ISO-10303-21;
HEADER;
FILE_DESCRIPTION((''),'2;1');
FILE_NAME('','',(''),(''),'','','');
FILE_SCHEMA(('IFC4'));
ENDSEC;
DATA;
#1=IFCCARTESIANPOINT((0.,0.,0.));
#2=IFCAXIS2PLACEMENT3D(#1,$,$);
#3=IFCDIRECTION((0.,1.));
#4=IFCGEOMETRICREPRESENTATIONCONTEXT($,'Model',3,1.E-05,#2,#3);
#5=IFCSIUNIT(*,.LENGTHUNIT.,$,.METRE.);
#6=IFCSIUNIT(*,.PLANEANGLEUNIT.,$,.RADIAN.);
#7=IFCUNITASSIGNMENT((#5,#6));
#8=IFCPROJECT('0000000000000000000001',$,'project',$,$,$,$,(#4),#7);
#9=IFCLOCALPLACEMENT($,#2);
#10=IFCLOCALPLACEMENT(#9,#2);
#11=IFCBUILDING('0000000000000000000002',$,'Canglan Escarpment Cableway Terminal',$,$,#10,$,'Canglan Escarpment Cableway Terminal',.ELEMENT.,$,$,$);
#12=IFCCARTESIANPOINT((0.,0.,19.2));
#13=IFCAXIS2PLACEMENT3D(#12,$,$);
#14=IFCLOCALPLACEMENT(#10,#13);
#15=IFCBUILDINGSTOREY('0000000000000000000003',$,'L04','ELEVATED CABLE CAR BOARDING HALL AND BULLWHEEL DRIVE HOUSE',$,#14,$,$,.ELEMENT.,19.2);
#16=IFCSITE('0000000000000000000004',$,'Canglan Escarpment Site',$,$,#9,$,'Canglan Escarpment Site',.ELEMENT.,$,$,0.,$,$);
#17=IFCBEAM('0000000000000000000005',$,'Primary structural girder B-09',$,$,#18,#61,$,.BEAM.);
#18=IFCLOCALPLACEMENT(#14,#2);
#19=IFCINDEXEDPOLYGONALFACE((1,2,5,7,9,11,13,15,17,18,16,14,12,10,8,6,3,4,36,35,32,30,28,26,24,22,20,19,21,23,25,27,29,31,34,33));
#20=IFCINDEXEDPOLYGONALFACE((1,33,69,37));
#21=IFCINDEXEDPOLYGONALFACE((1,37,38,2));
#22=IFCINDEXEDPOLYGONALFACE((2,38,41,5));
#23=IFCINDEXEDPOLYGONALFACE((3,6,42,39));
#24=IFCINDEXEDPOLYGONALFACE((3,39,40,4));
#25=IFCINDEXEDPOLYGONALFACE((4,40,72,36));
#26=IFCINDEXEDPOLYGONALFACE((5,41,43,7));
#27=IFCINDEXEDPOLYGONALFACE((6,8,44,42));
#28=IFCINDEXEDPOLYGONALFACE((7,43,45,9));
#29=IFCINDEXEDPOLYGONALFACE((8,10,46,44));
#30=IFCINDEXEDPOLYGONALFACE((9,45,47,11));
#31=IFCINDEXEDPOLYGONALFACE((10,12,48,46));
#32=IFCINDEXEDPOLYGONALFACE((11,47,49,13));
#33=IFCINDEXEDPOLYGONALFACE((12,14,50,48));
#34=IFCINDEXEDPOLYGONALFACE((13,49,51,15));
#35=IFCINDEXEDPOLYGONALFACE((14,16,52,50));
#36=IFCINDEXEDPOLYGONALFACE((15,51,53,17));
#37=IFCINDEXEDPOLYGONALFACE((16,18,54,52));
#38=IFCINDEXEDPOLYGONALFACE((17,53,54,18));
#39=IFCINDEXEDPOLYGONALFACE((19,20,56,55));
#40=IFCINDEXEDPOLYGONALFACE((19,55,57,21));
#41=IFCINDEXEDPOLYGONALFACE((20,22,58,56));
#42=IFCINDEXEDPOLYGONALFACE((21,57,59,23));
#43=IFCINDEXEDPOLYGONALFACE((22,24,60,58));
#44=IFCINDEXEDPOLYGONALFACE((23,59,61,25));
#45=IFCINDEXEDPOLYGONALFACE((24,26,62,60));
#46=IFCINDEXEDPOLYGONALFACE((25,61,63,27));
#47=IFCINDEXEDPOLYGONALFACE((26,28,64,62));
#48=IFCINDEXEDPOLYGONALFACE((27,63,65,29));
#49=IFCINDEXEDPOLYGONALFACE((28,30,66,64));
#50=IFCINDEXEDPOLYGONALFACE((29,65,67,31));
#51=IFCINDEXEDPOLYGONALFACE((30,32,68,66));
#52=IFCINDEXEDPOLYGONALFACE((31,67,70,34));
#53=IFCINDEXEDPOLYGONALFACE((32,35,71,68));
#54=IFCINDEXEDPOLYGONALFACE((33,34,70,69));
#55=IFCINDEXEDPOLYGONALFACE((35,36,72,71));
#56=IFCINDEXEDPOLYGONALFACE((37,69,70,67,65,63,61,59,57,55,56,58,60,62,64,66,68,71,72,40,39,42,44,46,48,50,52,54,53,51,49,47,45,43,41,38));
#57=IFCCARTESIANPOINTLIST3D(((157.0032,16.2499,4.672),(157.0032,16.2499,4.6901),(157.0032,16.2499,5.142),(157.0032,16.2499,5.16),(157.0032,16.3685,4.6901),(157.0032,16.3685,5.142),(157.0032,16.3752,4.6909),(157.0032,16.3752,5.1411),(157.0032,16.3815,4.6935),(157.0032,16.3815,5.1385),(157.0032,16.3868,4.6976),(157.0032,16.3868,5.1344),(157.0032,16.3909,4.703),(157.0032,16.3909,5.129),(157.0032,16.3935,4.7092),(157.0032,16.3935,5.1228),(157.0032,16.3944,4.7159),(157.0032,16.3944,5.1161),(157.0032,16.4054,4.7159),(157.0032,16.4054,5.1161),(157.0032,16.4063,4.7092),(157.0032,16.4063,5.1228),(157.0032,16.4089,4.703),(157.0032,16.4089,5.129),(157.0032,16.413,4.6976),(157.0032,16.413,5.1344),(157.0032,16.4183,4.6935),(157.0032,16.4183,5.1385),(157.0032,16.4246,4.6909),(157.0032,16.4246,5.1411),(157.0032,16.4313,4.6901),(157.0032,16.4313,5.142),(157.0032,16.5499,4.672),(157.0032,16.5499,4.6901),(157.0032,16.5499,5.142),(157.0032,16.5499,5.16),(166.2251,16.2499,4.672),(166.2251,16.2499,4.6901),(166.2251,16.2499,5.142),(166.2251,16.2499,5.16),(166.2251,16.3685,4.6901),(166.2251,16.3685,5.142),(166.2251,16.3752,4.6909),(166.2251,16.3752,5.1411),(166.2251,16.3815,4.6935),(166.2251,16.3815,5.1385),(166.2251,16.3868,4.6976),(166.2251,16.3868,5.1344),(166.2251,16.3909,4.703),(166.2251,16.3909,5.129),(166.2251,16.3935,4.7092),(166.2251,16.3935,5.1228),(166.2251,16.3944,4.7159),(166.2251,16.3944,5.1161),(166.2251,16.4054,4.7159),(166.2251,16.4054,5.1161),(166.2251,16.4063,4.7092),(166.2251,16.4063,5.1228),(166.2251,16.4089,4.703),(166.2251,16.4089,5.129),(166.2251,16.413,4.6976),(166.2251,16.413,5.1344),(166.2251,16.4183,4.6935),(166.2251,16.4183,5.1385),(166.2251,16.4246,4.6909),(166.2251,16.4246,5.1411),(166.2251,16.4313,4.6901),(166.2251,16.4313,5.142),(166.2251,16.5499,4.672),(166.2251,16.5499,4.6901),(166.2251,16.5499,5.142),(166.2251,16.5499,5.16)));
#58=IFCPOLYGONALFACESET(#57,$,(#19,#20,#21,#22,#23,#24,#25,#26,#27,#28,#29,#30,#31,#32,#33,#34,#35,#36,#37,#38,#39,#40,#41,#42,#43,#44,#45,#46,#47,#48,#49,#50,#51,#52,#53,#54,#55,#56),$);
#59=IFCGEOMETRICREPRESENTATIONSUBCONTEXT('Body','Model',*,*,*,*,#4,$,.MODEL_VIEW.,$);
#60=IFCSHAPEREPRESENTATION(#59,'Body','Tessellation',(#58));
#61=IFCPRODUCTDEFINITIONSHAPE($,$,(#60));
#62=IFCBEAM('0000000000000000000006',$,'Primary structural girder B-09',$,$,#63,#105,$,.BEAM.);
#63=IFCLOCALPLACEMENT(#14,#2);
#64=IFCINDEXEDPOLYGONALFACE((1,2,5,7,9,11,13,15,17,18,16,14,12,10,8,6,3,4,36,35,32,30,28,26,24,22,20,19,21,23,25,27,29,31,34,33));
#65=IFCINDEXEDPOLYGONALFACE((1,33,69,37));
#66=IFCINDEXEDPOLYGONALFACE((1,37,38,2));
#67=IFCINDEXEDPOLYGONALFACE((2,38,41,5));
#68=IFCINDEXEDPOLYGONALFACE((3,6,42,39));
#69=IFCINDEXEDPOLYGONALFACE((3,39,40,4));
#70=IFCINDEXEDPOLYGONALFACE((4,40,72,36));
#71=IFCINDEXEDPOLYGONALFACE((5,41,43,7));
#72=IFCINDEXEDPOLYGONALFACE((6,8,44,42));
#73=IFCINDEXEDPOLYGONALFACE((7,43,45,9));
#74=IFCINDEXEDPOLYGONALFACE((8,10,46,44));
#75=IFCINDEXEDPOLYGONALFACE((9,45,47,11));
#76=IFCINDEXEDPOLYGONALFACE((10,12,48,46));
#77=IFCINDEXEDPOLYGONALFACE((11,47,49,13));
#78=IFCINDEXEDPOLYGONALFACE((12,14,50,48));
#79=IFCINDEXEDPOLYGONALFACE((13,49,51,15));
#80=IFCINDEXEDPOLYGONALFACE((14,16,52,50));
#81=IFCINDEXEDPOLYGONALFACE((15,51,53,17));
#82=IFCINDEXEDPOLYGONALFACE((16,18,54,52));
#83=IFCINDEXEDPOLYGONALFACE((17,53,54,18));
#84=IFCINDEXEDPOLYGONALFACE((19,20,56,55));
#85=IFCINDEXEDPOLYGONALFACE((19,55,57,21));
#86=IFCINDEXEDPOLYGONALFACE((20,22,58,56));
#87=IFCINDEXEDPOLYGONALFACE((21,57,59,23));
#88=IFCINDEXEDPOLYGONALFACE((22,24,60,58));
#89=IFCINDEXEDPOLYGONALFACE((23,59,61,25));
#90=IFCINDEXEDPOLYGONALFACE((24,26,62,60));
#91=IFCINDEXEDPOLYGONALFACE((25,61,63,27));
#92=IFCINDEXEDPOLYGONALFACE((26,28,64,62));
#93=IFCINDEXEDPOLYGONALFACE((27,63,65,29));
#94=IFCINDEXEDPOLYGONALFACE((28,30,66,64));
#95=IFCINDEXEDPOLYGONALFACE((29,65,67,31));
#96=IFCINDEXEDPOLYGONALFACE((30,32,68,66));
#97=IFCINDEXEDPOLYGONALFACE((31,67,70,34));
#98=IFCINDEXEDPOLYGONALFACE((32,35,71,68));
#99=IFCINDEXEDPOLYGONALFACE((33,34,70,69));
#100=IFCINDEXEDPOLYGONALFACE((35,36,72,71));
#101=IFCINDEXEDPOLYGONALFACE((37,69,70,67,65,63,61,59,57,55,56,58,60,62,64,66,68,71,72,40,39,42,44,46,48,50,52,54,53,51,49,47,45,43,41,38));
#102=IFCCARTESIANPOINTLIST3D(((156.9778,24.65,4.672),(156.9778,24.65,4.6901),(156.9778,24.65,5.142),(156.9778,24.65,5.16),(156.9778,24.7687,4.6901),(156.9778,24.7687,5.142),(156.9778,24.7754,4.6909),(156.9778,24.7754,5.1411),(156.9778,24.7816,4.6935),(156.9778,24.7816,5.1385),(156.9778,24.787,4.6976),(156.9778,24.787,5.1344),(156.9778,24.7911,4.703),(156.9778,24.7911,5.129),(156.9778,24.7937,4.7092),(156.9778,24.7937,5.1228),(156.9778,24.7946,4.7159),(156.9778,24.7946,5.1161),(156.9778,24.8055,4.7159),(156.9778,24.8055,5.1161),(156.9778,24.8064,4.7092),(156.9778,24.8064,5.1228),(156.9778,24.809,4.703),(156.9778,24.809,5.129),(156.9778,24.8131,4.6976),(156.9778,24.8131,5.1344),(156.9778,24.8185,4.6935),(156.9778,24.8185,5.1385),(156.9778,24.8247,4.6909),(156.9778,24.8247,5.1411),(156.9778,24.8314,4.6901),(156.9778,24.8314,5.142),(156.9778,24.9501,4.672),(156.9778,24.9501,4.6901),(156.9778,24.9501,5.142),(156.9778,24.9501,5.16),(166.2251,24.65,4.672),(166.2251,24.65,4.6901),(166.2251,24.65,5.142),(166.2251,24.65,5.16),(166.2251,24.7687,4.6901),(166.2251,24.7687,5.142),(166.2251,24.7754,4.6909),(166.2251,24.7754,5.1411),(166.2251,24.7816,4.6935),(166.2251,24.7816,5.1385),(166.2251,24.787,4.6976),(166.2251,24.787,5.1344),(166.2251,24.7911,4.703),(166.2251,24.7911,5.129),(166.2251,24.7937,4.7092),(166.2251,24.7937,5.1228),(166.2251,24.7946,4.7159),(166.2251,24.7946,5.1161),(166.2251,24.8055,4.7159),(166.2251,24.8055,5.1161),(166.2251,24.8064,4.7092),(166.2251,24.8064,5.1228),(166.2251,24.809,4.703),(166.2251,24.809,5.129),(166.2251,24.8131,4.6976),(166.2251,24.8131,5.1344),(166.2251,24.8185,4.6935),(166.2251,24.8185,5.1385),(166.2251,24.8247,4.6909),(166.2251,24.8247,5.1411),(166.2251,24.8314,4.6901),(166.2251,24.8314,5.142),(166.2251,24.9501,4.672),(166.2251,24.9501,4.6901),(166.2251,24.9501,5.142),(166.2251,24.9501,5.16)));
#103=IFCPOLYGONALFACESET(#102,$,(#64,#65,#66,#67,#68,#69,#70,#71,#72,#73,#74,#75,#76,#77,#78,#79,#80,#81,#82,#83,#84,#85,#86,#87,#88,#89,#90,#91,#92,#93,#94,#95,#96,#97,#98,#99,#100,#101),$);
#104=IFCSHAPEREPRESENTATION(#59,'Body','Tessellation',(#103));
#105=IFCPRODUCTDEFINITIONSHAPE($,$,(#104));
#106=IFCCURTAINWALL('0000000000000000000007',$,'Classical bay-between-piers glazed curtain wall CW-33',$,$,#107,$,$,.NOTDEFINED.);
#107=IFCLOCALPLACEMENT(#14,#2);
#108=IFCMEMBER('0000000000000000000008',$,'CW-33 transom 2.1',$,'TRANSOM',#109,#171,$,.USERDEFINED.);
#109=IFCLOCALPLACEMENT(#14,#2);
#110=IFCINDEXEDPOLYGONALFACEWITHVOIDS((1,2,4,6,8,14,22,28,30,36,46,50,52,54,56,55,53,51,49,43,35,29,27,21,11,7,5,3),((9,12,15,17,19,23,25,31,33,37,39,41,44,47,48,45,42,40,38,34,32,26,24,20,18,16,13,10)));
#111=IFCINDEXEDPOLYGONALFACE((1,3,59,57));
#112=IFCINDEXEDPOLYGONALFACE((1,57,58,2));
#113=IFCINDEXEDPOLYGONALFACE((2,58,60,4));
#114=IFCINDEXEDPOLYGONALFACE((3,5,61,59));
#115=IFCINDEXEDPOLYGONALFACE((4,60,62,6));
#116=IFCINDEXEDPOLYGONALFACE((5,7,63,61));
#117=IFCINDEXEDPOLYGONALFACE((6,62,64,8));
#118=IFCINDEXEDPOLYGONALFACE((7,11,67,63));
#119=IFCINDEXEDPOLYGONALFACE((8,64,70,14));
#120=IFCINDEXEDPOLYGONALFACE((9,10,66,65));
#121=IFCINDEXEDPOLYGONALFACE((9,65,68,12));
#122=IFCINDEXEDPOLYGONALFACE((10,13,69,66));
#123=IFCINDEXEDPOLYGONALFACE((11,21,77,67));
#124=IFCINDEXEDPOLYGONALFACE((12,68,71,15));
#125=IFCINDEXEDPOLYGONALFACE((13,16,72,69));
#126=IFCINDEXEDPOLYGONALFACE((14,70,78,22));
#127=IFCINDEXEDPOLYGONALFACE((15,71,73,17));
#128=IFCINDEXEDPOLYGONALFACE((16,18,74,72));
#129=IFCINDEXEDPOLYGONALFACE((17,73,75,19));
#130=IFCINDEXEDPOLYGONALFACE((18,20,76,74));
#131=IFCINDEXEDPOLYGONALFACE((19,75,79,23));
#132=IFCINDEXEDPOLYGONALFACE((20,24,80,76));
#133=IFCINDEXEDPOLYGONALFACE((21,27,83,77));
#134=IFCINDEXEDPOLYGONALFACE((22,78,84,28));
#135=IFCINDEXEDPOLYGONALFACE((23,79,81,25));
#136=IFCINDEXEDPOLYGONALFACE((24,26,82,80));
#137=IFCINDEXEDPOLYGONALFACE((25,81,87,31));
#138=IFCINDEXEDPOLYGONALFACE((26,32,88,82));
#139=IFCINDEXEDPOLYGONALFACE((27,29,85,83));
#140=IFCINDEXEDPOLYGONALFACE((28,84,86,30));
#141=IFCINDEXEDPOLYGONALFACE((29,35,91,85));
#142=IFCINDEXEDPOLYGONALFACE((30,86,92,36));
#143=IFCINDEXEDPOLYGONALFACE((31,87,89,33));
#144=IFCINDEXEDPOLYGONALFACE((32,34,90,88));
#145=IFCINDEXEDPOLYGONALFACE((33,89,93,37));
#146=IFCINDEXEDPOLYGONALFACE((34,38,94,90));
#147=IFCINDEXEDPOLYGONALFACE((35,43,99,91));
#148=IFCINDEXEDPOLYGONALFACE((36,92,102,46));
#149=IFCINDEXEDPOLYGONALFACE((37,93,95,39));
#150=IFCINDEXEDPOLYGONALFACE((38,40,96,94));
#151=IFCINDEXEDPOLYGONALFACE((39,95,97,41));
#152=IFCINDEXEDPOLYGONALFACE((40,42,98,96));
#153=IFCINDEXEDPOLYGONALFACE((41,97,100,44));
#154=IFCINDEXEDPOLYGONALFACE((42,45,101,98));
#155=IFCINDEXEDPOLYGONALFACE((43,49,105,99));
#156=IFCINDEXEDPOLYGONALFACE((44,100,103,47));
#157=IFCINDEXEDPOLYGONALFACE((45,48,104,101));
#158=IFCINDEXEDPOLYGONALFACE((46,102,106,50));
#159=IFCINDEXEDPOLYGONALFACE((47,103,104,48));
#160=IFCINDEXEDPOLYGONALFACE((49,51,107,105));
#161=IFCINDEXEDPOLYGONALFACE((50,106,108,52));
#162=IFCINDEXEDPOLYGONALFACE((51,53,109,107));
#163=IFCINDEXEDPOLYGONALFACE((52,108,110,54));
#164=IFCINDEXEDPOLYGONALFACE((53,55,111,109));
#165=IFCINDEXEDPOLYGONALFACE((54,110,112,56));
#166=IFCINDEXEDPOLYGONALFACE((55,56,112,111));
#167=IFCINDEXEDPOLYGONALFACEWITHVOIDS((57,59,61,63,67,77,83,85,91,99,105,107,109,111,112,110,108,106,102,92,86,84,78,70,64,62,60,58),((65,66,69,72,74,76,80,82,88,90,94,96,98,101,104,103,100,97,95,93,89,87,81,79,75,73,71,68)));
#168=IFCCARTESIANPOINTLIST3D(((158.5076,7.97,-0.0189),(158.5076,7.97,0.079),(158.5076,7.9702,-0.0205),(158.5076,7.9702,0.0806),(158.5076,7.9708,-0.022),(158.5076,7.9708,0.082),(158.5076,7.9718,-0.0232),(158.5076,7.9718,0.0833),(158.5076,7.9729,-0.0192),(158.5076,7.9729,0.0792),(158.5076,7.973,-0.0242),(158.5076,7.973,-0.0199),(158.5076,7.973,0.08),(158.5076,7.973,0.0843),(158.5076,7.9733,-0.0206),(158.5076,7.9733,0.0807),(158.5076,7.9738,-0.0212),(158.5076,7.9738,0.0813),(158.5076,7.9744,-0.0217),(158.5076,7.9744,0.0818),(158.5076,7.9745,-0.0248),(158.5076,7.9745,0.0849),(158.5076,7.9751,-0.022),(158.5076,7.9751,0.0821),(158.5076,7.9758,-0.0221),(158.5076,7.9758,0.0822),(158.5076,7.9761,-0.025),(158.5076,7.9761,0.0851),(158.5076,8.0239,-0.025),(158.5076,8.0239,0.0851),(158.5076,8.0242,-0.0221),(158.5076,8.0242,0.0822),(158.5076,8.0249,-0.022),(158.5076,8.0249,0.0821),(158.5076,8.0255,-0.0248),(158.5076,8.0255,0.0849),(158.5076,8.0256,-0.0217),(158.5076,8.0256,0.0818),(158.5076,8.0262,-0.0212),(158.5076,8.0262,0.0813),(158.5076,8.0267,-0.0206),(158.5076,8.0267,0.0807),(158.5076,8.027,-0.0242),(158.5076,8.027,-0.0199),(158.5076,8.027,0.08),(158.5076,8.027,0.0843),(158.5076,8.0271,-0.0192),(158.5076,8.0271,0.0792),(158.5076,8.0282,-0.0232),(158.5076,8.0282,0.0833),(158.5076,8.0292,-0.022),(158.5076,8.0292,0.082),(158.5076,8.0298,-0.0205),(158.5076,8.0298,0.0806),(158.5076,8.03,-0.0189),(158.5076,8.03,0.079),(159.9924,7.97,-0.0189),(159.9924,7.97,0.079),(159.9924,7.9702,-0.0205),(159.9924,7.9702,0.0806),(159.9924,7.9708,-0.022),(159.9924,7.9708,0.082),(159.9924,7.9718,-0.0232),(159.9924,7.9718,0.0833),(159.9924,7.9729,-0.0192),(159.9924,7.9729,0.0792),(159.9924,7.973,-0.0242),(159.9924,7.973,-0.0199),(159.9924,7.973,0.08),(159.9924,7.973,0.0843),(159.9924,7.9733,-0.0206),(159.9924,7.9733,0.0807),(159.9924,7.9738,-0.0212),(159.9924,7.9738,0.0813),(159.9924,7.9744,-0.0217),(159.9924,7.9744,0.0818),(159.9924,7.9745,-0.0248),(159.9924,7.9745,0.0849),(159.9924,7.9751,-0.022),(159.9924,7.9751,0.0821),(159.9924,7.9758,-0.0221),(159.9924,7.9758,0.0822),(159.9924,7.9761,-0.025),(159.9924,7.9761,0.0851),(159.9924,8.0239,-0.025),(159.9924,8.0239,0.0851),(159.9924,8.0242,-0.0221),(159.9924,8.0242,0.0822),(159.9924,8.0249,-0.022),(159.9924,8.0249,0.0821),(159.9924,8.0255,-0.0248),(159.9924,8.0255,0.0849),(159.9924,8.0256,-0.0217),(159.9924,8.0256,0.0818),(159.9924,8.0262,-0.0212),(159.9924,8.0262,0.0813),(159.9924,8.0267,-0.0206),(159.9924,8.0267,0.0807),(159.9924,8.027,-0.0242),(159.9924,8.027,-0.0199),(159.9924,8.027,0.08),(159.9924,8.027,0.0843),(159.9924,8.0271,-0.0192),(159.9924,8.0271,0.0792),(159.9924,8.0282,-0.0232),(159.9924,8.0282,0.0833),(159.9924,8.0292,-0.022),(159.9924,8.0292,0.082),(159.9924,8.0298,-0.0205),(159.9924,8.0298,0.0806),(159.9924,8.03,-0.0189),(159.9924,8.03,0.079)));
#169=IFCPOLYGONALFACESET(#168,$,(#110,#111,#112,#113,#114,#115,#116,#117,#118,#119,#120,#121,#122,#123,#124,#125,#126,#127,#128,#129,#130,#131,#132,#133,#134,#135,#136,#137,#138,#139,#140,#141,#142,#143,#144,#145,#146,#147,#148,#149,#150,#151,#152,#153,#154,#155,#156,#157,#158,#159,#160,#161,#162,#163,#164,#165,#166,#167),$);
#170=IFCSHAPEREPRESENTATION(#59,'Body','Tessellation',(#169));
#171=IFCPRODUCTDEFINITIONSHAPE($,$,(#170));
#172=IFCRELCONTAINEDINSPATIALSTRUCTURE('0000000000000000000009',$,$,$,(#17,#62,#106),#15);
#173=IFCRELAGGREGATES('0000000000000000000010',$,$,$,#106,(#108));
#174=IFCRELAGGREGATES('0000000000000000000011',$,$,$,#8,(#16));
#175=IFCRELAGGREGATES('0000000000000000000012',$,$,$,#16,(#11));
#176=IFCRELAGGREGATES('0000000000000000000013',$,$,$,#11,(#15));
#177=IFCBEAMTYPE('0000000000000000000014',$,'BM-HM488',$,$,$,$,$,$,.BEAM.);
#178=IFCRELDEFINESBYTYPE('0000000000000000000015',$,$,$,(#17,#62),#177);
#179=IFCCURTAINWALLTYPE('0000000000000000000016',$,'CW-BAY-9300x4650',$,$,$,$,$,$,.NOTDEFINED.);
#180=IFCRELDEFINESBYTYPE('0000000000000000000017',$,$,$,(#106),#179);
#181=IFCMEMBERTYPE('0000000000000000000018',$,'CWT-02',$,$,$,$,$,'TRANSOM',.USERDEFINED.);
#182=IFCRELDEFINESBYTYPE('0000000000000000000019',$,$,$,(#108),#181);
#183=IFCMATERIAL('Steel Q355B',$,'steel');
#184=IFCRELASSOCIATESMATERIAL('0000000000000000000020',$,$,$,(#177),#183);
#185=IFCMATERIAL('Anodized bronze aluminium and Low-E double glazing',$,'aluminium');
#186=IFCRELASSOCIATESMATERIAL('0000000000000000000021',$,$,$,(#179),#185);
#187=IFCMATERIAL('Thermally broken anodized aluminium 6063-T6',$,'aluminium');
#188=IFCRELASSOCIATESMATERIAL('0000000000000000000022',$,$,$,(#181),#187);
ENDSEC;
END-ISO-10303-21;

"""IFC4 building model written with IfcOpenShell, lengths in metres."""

from ifc_helpers import new_model, si_unit, direction, frame, origin, origin_2d, place, context, subcontext, project, spatial, hollow_rectangle, i_section, extrude, material, material_profile, profile_set, type_object, element, aggregate, save


model = new_model("IFC4")

# Units and contexts
model_context = context("Model", 3, precision=1e-05, world=origin(), true_north=direction((0.0, 1.0)))
body_context = subcontext(model_context, "Body", "Model", "MODEL_VIEW")
ifc_project = project(units=[si_unit("LENGTHUNIT", "METRE"), si_unit("PLANEANGLEUNIT", "RADIAN")], contexts=[model_context])

# Site, building, storey
site_placement = place(None, origin())
site = spatial("IfcSite", under=ifc_project, at=site_placement, Name="Canglan Escarpment Site", LongName="Canglan Escarpment Site", CompositionType="ELEMENT", RefElevation=0.0)
building_placement = place(site_placement, origin())
building = spatial("IfcBuilding", under=site, at=building_placement, Name="Canglan Escarpment Cableway Terminal", LongName="Canglan Escarpment Cableway Terminal", CompositionType="ELEMENT")
storey_placement = place(building_placement, frame((0.0, 0.0, 19.2)))
storey = spatial("IfcBuildingStorey", under=building, at=storey_placement, Name="L04", Description="ELEVATED CABLE CAR BOARDING HALL AND BULLWHEEL DRIVE HOUSE", CompositionType="ELEMENT", Elevation=19.2)

# Shared definitions
ifc_material_1 = material(Name="Steel Q355B", Category="steel")

# Beams
ifc_material_profile_1 = material_profile(ifc_material_1, i_section(OverallWidth=0.3, OverallDepth=0.488, WebThickness=0.011, FlangeThickness=0.0181, FilletRadius=0.0259, at=origin_2d()), Name="HM 488x300x11x18")
ifc_profile_set_1 = profile_set([ifc_material_profile_1], Name="Steel Q355B")
beam_type_1 = type_object("IfcBeamType", Name="BM-HM488", PredefinedType="BEAM", material=ifc_profile_set_1)
beam_1_placement = place(storey_placement, frame((157.0032, 16.3999, 4.916), z_axis=(1.0, 0.0, 0.0), x_axis=(0.0, 1.0, 0.0)))
element("IfcBeam", 1, at=beam_1_placement, inside=storey, type_object=beam_type_1, Name="Primary structural girder B-09", PredefinedType="BEAM", context=body_context, shape_type="SweptSolid", body=[
    extrude(i_section(OverallWidth=0.3, OverallDepth=0.488, WebThickness=0.011, FlangeThickness=0.0181, FilletRadius=0.0259, at=origin_2d()), origin(), (0.0, 0.0, 1.0), 9.2219),
])
beam_2_placement = place(storey_placement, frame((156.9778, 24.8, 4.916), z_axis=(1.0, 0.0, 0.0), x_axis=(0.0, 1.0, 0.0)))
element("IfcBeam", 2, at=beam_2_placement, inside=storey, type_object=beam_type_1, Name="Primary structural girder B-09", PredefinedType="BEAM", context=body_context, shape_type="SweptSolid", body=[
    extrude(i_section(OverallWidth=0.3, OverallDepth=0.488, WebThickness=0.011, FlangeThickness=0.0181, FilletRadius=0.0259, at=origin_2d()), origin(), (0.0, 0.0, 1.0), 9.2473),
])

# Curtain wall, member
ifc_material_2 = material(Name="Anodized bronze aluminium and Low-E double glazing", Category="aluminium")
curtain_wall_type = type_object("IfcCurtainWallType", Name="CW-BAY-9300x4650", PredefinedType="NOTDEFINED", material=ifc_material_2)
curtain_wall_placement = place(storey_placement, origin())
curtain_wall = element("IfcCurtainWall", 3, at=curtain_wall_placement, inside=storey, type_object=curtain_wall_type, Name="Classical bay-between-piers glazed curtain wall CW-33", PredefinedType="NOTDEFINED")
ifc_material_3 = material(Name="Thermally broken anodized aluminium 6063-T6", Category="aluminium")
ifc_material_profile_2 = material_profile(ifc_material_3, hollow_rectangle(XDim=0.0601, YDim=0.1101, WallThickness=0.0029, InnerFilletRadius=0.0029, OuterFilletRadius=0.0061, at=origin_2d()), Name="ALU-TRAN 60x110x3")
ifc_profile_set_2 = profile_set([ifc_material_profile_2], Name="Thermally broken anodized aluminium 6063-T6")
member_type = type_object("IfcMemberType", Name="CWT-02", ElementType="TRANSOM", PredefinedType="USERDEFINED", material=ifc_profile_set_2)
member_1_placement = place(storey_placement, frame((158.5076, 8.0, 0.03), z_axis=(1.0, 0.0, 0.0), x_axis=(0.0, 1.0, 0.0)))
member_1 = element("IfcMember", 4, at=member_1_placement, type_object=member_type, Name="CW-33 transom 2.1", ObjectType="TRANSOM", PredefinedType="USERDEFINED", context=body_context, shape_type="SweptSolid", body=[
    extrude(hollow_rectangle(XDim=0.0601, YDim=0.1101, WallThickness=0.0029, InnerFilletRadius=0.0029, OuterFilletRadius=0.0061, at=origin_2d()), origin(), (0.0, 0.0, 1.0), 1.4849),
])
aggregate(curtain_wall, [member_1])

save(model, "model.ifc")
